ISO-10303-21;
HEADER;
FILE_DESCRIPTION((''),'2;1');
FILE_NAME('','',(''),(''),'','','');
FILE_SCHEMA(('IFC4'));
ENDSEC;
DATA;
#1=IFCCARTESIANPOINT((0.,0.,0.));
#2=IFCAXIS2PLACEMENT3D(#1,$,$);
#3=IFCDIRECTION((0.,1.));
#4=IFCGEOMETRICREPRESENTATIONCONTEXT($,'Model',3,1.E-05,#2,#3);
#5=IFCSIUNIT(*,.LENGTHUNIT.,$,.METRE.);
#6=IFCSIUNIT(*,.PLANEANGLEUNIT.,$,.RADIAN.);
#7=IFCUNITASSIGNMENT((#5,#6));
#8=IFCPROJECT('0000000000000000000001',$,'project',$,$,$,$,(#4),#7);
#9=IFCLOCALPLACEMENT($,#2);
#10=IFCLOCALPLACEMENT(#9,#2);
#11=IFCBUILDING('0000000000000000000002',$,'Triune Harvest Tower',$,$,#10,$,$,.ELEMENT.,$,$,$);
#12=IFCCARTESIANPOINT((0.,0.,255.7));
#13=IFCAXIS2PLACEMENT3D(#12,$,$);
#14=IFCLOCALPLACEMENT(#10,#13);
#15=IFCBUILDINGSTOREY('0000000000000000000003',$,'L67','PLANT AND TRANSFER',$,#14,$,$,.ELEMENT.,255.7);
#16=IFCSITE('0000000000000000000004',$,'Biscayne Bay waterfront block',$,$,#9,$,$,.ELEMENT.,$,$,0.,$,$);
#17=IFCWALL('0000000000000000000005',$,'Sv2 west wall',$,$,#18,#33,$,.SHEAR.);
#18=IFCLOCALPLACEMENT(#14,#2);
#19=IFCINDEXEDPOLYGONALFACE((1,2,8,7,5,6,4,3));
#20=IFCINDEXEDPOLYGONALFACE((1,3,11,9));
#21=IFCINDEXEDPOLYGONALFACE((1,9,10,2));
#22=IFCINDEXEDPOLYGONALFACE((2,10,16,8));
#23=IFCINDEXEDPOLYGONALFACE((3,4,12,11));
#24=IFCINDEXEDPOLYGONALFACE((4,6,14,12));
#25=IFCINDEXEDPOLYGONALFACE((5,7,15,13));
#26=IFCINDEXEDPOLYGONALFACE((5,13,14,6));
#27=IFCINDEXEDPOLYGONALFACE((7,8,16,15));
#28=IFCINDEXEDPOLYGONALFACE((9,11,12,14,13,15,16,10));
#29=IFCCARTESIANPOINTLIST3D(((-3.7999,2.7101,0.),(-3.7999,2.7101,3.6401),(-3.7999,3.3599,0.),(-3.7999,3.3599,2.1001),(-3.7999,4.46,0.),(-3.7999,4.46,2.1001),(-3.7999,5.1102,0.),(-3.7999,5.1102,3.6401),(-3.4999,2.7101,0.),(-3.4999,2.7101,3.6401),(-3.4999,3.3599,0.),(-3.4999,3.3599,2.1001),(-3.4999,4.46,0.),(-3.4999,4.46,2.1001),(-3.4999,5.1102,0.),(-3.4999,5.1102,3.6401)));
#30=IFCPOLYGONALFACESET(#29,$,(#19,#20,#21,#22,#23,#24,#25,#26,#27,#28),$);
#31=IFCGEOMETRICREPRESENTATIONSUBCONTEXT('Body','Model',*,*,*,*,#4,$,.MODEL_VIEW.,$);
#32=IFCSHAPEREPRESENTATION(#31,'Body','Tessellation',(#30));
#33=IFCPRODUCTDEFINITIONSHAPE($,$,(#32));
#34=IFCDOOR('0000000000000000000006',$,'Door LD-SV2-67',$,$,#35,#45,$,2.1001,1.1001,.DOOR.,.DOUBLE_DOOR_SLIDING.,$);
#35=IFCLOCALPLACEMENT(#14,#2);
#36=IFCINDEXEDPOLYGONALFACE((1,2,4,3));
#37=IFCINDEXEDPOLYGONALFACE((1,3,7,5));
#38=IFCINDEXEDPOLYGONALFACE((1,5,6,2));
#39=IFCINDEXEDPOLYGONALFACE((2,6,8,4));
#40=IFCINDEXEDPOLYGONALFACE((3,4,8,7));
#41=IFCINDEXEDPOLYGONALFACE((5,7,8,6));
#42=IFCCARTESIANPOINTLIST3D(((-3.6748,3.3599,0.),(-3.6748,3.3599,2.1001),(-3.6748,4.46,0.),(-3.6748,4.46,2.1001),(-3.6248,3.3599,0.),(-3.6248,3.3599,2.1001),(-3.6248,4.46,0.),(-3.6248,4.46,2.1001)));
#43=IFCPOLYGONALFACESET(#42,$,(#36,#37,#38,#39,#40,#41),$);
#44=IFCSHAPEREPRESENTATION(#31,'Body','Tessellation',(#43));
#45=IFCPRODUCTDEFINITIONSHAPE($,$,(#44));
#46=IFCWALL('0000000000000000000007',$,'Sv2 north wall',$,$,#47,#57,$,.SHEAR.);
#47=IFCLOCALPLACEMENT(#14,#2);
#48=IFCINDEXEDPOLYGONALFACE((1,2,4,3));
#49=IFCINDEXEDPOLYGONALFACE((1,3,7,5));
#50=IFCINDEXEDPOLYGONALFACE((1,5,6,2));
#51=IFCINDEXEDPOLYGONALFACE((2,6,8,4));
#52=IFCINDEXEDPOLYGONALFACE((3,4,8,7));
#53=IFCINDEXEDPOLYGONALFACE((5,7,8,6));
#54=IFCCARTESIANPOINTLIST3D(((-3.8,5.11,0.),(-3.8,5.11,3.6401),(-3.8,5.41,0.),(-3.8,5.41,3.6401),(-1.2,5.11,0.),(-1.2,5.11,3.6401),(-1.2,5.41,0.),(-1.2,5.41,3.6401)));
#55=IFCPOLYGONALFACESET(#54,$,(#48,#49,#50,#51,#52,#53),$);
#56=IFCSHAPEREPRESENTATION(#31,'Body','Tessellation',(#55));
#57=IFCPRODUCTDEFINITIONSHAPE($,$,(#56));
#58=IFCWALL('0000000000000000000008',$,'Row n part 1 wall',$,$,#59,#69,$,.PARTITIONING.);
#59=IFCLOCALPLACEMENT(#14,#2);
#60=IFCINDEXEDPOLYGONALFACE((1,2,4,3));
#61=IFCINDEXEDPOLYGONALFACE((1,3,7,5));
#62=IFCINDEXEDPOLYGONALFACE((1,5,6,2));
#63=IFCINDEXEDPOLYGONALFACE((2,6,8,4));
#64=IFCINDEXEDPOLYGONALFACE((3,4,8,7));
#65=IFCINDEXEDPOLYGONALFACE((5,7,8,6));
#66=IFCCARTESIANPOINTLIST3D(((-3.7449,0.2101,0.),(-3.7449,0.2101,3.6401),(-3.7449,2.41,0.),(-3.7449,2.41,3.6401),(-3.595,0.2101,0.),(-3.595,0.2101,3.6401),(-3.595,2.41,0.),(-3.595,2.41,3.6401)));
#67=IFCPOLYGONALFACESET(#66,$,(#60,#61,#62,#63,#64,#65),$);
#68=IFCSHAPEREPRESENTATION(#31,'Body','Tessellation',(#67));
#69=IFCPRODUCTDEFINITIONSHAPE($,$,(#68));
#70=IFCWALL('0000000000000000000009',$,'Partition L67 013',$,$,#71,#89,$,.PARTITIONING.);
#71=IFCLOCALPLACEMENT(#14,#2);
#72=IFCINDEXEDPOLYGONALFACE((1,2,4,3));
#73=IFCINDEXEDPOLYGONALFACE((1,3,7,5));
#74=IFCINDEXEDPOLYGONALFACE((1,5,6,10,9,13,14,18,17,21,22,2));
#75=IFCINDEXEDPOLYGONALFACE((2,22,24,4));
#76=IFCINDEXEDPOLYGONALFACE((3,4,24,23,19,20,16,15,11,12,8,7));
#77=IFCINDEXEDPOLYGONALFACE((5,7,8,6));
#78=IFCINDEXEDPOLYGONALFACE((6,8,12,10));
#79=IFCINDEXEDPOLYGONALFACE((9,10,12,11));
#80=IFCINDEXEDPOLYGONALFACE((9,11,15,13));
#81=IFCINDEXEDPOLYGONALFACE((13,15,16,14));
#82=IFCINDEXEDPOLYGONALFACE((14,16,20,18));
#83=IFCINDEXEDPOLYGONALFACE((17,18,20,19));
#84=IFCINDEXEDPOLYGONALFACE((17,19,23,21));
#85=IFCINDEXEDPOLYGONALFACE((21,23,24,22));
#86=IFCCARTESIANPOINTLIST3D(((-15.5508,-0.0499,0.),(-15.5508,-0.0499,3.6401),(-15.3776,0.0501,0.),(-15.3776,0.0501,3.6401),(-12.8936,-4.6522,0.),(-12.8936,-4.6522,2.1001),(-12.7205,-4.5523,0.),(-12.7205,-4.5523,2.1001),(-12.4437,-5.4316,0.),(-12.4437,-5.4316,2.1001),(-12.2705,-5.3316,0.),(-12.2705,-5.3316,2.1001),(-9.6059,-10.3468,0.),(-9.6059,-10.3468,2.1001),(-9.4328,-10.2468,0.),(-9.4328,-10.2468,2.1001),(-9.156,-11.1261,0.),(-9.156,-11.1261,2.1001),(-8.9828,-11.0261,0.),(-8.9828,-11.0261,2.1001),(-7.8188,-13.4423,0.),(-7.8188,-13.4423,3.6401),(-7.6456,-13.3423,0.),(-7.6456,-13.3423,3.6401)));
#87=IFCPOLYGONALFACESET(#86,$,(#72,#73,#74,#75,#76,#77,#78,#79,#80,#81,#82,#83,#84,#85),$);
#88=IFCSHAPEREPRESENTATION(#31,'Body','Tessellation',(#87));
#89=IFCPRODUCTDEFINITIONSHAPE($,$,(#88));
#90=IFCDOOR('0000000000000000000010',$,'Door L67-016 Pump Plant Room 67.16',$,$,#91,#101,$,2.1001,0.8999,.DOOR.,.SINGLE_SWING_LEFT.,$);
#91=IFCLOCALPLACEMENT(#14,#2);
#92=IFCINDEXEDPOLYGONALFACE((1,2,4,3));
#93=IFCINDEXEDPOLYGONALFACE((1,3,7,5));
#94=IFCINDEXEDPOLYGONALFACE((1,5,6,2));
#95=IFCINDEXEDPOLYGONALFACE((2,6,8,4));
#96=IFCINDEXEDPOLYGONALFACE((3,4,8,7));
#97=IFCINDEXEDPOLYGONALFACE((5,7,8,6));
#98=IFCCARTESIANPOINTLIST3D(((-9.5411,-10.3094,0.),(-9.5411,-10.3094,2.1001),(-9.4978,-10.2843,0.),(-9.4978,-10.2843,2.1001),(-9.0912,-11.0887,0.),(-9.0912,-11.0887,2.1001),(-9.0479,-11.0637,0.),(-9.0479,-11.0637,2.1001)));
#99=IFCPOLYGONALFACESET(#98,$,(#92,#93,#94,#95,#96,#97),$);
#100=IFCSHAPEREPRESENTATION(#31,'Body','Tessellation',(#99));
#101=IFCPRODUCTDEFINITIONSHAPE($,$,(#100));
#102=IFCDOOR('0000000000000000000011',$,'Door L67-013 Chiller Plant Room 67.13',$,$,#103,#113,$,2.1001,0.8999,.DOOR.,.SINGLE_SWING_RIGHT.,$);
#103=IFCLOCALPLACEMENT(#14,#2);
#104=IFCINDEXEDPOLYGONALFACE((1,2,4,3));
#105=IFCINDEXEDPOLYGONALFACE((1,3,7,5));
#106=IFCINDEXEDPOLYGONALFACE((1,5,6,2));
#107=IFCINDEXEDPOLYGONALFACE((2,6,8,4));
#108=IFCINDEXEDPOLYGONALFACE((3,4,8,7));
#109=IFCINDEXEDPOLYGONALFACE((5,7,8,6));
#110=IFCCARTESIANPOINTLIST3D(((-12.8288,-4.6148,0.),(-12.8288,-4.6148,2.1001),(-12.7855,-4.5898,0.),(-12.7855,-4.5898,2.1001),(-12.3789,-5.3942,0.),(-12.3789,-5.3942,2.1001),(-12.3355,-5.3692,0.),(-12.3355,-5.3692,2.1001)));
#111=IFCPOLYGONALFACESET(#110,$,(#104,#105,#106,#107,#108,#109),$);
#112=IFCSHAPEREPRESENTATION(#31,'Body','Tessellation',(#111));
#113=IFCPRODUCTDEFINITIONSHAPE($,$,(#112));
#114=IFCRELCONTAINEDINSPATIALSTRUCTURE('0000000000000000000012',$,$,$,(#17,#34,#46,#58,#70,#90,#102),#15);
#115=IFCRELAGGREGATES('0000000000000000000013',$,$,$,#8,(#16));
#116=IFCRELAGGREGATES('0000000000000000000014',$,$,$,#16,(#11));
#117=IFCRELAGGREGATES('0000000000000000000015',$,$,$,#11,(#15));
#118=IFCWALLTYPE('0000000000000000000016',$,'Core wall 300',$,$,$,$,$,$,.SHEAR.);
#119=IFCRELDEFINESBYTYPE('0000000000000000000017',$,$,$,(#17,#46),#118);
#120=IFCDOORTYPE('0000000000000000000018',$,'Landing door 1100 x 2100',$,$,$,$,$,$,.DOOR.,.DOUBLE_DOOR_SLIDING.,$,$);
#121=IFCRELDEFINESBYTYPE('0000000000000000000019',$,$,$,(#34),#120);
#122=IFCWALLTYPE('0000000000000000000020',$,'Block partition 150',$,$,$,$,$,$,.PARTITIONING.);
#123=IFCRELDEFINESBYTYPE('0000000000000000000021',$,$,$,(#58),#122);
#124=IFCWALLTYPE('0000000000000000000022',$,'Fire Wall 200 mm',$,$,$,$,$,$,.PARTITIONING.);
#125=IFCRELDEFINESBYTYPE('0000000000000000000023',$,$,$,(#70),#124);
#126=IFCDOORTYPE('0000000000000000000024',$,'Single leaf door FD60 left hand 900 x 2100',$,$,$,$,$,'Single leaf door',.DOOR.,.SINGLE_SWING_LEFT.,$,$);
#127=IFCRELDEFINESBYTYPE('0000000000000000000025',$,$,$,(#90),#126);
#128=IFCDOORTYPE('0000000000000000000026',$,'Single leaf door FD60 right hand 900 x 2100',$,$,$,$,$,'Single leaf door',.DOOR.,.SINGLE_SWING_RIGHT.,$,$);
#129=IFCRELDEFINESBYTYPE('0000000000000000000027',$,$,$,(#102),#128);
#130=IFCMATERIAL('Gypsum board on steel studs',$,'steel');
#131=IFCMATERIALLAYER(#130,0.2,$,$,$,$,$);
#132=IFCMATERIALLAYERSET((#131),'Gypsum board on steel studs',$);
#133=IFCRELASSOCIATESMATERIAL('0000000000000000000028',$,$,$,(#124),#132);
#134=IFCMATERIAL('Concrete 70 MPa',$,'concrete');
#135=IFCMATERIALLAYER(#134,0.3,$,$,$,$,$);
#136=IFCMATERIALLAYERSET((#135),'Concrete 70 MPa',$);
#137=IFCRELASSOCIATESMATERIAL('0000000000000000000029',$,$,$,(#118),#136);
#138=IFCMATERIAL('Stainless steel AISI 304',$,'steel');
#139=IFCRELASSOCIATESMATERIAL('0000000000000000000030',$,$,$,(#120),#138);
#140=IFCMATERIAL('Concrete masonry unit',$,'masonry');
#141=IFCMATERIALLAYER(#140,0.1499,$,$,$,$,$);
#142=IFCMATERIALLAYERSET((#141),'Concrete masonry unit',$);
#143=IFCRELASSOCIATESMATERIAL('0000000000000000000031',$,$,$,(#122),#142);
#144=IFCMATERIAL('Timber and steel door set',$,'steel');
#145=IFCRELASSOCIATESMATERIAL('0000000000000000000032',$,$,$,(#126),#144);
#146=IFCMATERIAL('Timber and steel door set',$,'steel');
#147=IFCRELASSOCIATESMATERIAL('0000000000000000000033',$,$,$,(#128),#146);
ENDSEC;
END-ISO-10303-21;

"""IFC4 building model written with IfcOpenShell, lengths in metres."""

from ifc_helpers import new_model, si_unit, direction, frame, frame_2d, origin, place, context, subcontext, project, spatial, rectangle, extrude, source, transform, mapped, material, layer, layer_set, type_object, element, fill, save


model = new_model("IFC4")

# Units and contexts
model_context = context("Model", 3, precision=1e-05, world=origin(), true_north=direction((0.0, 1.0)))
body_context = subcontext(model_context, "Body", "Model", "MODEL_VIEW")
ifc_project = project(units=[si_unit("LENGTHUNIT", "METRE"), si_unit("PLANEANGLEUNIT", "RADIAN")], contexts=[model_context])

# Site, building, storey
site_placement = place(None, origin())
site = spatial("IfcSite", under=ifc_project, at=site_placement, Name="Biscayne Bay waterfront block", CompositionType="ELEMENT", RefElevation=0.0)
building_placement = place(site_placement, origin())
building = spatial("IfcBuilding", under=site, at=building_placement, Name="Triune Harvest Tower", CompositionType="ELEMENT")
storey_placement = place(building_placement, frame((0.0, 0.0, 255.7)))
storey = spatial("IfcBuildingStorey", under=building, at=storey_placement, Name="L67", Description="PLANT AND TRANSFER", CompositionType="ELEMENT", Elevation=255.7)

# Shared definitions
ifc_material_1 = material(Name="Gypsum board on steel studs", Category="steel")
ifc_layer_1 = layer(ifc_material_1, 0.2)
ifc_layer_set_1 = layer_set([ifc_layer_1], Name="Gypsum board on steel studs")
wall_type_1 = type_object("IfcWallType", Name="Fire Wall 200 mm", PredefinedType="PARTITIONING", material=ifc_layer_set_1)

# Shared definitions
ifc_material_2 = material(Name="Concrete 70 MPa", Category="concrete")
ifc_layer_2 = layer(ifc_material_2, 0.3)
ifc_layer_set_2 = layer_set([ifc_layer_2], Name="Concrete 70 MPa")
wall_type_2 = type_object("IfcWallType", Name="Core wall 300", PredefinedType="SHEAR", material=ifc_layer_set_2)

# Shared definitions
shared_shape_1 = source(origin(), body_context, "Body", "SweptSolid", [
    extrude(rectangle(XDim=2.4001, YDim=0.3, at=frame_2d((1.2002, 0.0))), origin(), (0.0, 0.0, 1.0), 3.6401),
])

# Wall, opening, door
ifc_material_3 = material(Name="Stainless steel AISI 304", Category="steel")
door_type_1 = type_object("IfcDoorType", Name="Landing door 1100 x 2100", OperationType="DOUBLE_DOOR_SLIDING", PredefinedType="DOOR", material=ifc_material_3)
wall_1_placement = place(storey_placement, frame((-3.6499, 2.71, 0.0), z_axis=(0.0, 0.0, 1.0), x_axis=(0.0, 1.0, 0.0)))
wall_1 = element("IfcWall", 1, at=wall_1_placement, inside=storey, type_object=wall_type_2, Name="Sv2 west wall", PredefinedType="SHEAR", context=body_context, shape_type="MappedRepresentation", body=[
    mapped(shared_shape_1, transform((0.0, 0.0, 0.0), scale=1.0)),
])
opening_1_placement = place(wall_1_placement, frame((0.6499, 0.0, 0.0)))
opening_1 = element("IfcOpeningElement", 2, at=opening_1_placement, cuts=wall_1, PredefinedType="OPENING", context=body_context, shape_type="SweptSolid", body=[
    extrude(rectangle(XDim=1.1001, YDim=2.1001, at=frame_2d((0.55, 1.05))), frame((0.0, 0.1602, 0.0), z_axis=(0.0, -1.0, 0.0), x_axis=(1.0, 0.0, 0.0)), (0.0, 0.0, 1.0), 0.3201),
])
door_1_placement = place(opening_1_placement, origin())
door_1 = element("IfcDoor", 3, at=door_1_placement, inside=storey, type_object=door_type_1, Name="Door LD-SV2-67", OperationType="DOUBLE_DOOR_SLIDING", OverallHeight=2.1001, OverallWidth=1.1001, PredefinedType="DOOR", context=body_context, shape_type="SweptSolid", body=[
    extrude(rectangle(XDim=1.1001, YDim=2.1001, at=frame_2d((0.55, 1.05))), frame((0.0, 0.0249, 0.0), z_axis=(0.0, -1.0, 0.0), x_axis=(1.0, 0.0, 0.0)), (0.0, 0.0, 1.0), 0.05),
])
fill(opening_1, door_1)

# Walls
shared_shape_2 = source(origin(), body_context, "Body", "SweptSolid", [
    extrude(rectangle(XDim=2.6001, YDim=0.3, at=frame_2d((1.3, 0.0))), origin(), (0.0, 0.0, 1.0), 3.6401),
])
wall_2_placement = place(storey_placement, frame((-3.8, 5.26, 0.0), z_axis=(0.0, 0.0, 1.0), x_axis=(1.0, 0.0, 0.0)))
element("IfcWall", 4, at=wall_2_placement, inside=storey, type_object=wall_type_2, Name="Sv2 north wall", PredefinedType="SHEAR", context=body_context, shape_type="MappedRepresentation", body=[
    mapped(shared_shape_2, transform((0.0, 0.0, 0.0), scale=1.0)),
])
ifc_material_4 = material(Name="Concrete masonry unit", Category="masonry")
ifc_layer_3 = layer(ifc_material_4, 0.1499)
ifc_layer_set_3 = layer_set([ifc_layer_3], Name="Concrete masonry unit")
wall_type_3 = type_object("IfcWallType", Name="Block partition 150", PredefinedType="PARTITIONING", material=ifc_layer_set_3)
shared_shape_3 = source(origin(), body_context, "Body", "SweptSolid", [
    extrude(rectangle(XDim=2.2, YDim=0.1499, at=frame_2d((1.1001, 0.0))), origin(), (0.0, 0.0, 1.0), 3.6401),
])
wall_3_placement = place(storey_placement, frame((-3.6699, 0.21, 0.0), z_axis=(0.0, 0.0, 1.0), x_axis=(0.0, 1.0, 0.0)))
element("IfcWall", 5, at=wall_3_placement, inside=storey, type_object=wall_type_3, Name="Row n part 1 wall", PredefinedType="PARTITIONING", context=body_context, shape_type="MappedRepresentation", body=[
    mapped(shared_shape_3, transform((0.0, 0.0, 0.0), scale=1.0)),
])

# Wall, openings, doors
shared_shape_4 = source(origin(), body_context, "Body", "SweptSolid", [
    extrude(rectangle(XDim=15.4641, YDim=0.2, at=frame_2d((7.7319, 0.0))), origin(), (0.0, 0.0, 1.0), 3.6401),
])
wall_4_placement = place(storey_placement, frame((-15.4641, 0.0, 0.0), z_axis=(0.0, 0.0, 1.0), x_axis=(0.499993, -0.866029, 0.0)))
wall_4 = element("IfcWall", 6, at=wall_4_placement, inside=storey, type_object=wall_type_1, Name="Partition L67 013", PredefinedType="PARTITIONING", context=body_context, shape_type="MappedRepresentation", body=[
    mapped(shared_shape_4, transform((0.0, 0.0, 0.0), scale=1.0)),
])
opening_2_placement = place(wall_4_placement, frame((5.3142, 0.0, 0.0)))
opening_2 = element("IfcOpeningElement", 7, at=opening_2_placement, cuts=wall_4, PredefinedType="OPENING", context=body_context, shape_type="SweptSolid", body=[
    extrude(rectangle(XDim=0.8999, YDim=2.1001, at=frame_2d((0.45, 1.05))), frame((0.0, 0.1099, 0.0), z_axis=(0.0, -1.0, 0.0), x_axis=(1.0, 0.0, 0.0)), (0.0, 0.0, 1.0), 0.22),
])
opening_3_placement = place(wall_4_placement, frame((11.8896, 0.0, 0.0)))
opening_3 = element("IfcOpeningElement", 8, at=opening_3_placement, cuts=wall_4, PredefinedType="OPENING", context=body_context, shape_type="SweptSolid", body=[
    extrude(rectangle(XDim=0.8999, YDim=2.1001, at=frame_2d((0.45, 1.05))), frame((0.0, 0.1099, 0.0), z_axis=(0.0, -1.0, 0.0), x_axis=(1.0, 0.0, 0.0)), (0.0, 0.0, 1.0), 0.22),
])
ifc_material_5 = material(Name="Timber and steel door set", Category="steel")
door_type_2 = type_object("IfcDoorType", Name="Single leaf door FD60 left hand 900 x 2100", ElementType="Single leaf door", OperationType="SINGLE_SWING_LEFT", PredefinedType="DOOR", material=ifc_material_5)
door_2_placement = place(opening_3_placement, origin())
door_2 = element("IfcDoor", 9, at=door_2_placement, inside=storey, type_object=door_type_2, Name="Door L67-016 Pump Plant Room 67.16", OperationType="SINGLE_SWING_LEFT", OverallHeight=2.1001, OverallWidth=0.8999, PredefinedType="DOOR", context=body_context, shape_type="SweptSolid", body=[
    extrude(rectangle(XDim=0.8999, YDim=2.1001, at=frame_2d((0.45, 1.05))), frame((0.0, 0.0249, 0.0), z_axis=(0.0, -1.0, 0.0), x_axis=(1.0, 0.0, 0.0)), (0.0, 0.0, 1.0), 0.05),
])
fill(opening_3, door_2)
ifc_material_6 = material(Name="Timber and steel door set", Category="steel")
door_type_3 = type_object("IfcDoorType", Name="Single leaf door FD60 right hand 900 x 2100", ElementType="Single leaf door", OperationType="SINGLE_SWING_RIGHT", PredefinedType="DOOR", material=ifc_material_6)
door_3_placement = place(opening_2_placement, origin())
door_3 = element("IfcDoor", 10, at=door_3_placement, inside=storey, type_object=door_type_3, Name="Door L67-013 Chiller Plant Room 67.13", OperationType="SINGLE_SWING_RIGHT", OverallHeight=2.1001, OverallWidth=0.8999, PredefinedType="DOOR", context=body_context, shape_type="SweptSolid", body=[
    extrude(rectangle(XDim=0.8999, YDim=2.1001, at=frame_2d((0.45, 1.05))), frame((0.0, 0.0249, 0.0), z_axis=(0.0, -1.0, 0.0), x_axis=(1.0, 0.0, 0.0)), (0.0, 0.0, 1.0), 0.05),
])
fill(opening_2, door_3)

save(model, "model.ifc")
